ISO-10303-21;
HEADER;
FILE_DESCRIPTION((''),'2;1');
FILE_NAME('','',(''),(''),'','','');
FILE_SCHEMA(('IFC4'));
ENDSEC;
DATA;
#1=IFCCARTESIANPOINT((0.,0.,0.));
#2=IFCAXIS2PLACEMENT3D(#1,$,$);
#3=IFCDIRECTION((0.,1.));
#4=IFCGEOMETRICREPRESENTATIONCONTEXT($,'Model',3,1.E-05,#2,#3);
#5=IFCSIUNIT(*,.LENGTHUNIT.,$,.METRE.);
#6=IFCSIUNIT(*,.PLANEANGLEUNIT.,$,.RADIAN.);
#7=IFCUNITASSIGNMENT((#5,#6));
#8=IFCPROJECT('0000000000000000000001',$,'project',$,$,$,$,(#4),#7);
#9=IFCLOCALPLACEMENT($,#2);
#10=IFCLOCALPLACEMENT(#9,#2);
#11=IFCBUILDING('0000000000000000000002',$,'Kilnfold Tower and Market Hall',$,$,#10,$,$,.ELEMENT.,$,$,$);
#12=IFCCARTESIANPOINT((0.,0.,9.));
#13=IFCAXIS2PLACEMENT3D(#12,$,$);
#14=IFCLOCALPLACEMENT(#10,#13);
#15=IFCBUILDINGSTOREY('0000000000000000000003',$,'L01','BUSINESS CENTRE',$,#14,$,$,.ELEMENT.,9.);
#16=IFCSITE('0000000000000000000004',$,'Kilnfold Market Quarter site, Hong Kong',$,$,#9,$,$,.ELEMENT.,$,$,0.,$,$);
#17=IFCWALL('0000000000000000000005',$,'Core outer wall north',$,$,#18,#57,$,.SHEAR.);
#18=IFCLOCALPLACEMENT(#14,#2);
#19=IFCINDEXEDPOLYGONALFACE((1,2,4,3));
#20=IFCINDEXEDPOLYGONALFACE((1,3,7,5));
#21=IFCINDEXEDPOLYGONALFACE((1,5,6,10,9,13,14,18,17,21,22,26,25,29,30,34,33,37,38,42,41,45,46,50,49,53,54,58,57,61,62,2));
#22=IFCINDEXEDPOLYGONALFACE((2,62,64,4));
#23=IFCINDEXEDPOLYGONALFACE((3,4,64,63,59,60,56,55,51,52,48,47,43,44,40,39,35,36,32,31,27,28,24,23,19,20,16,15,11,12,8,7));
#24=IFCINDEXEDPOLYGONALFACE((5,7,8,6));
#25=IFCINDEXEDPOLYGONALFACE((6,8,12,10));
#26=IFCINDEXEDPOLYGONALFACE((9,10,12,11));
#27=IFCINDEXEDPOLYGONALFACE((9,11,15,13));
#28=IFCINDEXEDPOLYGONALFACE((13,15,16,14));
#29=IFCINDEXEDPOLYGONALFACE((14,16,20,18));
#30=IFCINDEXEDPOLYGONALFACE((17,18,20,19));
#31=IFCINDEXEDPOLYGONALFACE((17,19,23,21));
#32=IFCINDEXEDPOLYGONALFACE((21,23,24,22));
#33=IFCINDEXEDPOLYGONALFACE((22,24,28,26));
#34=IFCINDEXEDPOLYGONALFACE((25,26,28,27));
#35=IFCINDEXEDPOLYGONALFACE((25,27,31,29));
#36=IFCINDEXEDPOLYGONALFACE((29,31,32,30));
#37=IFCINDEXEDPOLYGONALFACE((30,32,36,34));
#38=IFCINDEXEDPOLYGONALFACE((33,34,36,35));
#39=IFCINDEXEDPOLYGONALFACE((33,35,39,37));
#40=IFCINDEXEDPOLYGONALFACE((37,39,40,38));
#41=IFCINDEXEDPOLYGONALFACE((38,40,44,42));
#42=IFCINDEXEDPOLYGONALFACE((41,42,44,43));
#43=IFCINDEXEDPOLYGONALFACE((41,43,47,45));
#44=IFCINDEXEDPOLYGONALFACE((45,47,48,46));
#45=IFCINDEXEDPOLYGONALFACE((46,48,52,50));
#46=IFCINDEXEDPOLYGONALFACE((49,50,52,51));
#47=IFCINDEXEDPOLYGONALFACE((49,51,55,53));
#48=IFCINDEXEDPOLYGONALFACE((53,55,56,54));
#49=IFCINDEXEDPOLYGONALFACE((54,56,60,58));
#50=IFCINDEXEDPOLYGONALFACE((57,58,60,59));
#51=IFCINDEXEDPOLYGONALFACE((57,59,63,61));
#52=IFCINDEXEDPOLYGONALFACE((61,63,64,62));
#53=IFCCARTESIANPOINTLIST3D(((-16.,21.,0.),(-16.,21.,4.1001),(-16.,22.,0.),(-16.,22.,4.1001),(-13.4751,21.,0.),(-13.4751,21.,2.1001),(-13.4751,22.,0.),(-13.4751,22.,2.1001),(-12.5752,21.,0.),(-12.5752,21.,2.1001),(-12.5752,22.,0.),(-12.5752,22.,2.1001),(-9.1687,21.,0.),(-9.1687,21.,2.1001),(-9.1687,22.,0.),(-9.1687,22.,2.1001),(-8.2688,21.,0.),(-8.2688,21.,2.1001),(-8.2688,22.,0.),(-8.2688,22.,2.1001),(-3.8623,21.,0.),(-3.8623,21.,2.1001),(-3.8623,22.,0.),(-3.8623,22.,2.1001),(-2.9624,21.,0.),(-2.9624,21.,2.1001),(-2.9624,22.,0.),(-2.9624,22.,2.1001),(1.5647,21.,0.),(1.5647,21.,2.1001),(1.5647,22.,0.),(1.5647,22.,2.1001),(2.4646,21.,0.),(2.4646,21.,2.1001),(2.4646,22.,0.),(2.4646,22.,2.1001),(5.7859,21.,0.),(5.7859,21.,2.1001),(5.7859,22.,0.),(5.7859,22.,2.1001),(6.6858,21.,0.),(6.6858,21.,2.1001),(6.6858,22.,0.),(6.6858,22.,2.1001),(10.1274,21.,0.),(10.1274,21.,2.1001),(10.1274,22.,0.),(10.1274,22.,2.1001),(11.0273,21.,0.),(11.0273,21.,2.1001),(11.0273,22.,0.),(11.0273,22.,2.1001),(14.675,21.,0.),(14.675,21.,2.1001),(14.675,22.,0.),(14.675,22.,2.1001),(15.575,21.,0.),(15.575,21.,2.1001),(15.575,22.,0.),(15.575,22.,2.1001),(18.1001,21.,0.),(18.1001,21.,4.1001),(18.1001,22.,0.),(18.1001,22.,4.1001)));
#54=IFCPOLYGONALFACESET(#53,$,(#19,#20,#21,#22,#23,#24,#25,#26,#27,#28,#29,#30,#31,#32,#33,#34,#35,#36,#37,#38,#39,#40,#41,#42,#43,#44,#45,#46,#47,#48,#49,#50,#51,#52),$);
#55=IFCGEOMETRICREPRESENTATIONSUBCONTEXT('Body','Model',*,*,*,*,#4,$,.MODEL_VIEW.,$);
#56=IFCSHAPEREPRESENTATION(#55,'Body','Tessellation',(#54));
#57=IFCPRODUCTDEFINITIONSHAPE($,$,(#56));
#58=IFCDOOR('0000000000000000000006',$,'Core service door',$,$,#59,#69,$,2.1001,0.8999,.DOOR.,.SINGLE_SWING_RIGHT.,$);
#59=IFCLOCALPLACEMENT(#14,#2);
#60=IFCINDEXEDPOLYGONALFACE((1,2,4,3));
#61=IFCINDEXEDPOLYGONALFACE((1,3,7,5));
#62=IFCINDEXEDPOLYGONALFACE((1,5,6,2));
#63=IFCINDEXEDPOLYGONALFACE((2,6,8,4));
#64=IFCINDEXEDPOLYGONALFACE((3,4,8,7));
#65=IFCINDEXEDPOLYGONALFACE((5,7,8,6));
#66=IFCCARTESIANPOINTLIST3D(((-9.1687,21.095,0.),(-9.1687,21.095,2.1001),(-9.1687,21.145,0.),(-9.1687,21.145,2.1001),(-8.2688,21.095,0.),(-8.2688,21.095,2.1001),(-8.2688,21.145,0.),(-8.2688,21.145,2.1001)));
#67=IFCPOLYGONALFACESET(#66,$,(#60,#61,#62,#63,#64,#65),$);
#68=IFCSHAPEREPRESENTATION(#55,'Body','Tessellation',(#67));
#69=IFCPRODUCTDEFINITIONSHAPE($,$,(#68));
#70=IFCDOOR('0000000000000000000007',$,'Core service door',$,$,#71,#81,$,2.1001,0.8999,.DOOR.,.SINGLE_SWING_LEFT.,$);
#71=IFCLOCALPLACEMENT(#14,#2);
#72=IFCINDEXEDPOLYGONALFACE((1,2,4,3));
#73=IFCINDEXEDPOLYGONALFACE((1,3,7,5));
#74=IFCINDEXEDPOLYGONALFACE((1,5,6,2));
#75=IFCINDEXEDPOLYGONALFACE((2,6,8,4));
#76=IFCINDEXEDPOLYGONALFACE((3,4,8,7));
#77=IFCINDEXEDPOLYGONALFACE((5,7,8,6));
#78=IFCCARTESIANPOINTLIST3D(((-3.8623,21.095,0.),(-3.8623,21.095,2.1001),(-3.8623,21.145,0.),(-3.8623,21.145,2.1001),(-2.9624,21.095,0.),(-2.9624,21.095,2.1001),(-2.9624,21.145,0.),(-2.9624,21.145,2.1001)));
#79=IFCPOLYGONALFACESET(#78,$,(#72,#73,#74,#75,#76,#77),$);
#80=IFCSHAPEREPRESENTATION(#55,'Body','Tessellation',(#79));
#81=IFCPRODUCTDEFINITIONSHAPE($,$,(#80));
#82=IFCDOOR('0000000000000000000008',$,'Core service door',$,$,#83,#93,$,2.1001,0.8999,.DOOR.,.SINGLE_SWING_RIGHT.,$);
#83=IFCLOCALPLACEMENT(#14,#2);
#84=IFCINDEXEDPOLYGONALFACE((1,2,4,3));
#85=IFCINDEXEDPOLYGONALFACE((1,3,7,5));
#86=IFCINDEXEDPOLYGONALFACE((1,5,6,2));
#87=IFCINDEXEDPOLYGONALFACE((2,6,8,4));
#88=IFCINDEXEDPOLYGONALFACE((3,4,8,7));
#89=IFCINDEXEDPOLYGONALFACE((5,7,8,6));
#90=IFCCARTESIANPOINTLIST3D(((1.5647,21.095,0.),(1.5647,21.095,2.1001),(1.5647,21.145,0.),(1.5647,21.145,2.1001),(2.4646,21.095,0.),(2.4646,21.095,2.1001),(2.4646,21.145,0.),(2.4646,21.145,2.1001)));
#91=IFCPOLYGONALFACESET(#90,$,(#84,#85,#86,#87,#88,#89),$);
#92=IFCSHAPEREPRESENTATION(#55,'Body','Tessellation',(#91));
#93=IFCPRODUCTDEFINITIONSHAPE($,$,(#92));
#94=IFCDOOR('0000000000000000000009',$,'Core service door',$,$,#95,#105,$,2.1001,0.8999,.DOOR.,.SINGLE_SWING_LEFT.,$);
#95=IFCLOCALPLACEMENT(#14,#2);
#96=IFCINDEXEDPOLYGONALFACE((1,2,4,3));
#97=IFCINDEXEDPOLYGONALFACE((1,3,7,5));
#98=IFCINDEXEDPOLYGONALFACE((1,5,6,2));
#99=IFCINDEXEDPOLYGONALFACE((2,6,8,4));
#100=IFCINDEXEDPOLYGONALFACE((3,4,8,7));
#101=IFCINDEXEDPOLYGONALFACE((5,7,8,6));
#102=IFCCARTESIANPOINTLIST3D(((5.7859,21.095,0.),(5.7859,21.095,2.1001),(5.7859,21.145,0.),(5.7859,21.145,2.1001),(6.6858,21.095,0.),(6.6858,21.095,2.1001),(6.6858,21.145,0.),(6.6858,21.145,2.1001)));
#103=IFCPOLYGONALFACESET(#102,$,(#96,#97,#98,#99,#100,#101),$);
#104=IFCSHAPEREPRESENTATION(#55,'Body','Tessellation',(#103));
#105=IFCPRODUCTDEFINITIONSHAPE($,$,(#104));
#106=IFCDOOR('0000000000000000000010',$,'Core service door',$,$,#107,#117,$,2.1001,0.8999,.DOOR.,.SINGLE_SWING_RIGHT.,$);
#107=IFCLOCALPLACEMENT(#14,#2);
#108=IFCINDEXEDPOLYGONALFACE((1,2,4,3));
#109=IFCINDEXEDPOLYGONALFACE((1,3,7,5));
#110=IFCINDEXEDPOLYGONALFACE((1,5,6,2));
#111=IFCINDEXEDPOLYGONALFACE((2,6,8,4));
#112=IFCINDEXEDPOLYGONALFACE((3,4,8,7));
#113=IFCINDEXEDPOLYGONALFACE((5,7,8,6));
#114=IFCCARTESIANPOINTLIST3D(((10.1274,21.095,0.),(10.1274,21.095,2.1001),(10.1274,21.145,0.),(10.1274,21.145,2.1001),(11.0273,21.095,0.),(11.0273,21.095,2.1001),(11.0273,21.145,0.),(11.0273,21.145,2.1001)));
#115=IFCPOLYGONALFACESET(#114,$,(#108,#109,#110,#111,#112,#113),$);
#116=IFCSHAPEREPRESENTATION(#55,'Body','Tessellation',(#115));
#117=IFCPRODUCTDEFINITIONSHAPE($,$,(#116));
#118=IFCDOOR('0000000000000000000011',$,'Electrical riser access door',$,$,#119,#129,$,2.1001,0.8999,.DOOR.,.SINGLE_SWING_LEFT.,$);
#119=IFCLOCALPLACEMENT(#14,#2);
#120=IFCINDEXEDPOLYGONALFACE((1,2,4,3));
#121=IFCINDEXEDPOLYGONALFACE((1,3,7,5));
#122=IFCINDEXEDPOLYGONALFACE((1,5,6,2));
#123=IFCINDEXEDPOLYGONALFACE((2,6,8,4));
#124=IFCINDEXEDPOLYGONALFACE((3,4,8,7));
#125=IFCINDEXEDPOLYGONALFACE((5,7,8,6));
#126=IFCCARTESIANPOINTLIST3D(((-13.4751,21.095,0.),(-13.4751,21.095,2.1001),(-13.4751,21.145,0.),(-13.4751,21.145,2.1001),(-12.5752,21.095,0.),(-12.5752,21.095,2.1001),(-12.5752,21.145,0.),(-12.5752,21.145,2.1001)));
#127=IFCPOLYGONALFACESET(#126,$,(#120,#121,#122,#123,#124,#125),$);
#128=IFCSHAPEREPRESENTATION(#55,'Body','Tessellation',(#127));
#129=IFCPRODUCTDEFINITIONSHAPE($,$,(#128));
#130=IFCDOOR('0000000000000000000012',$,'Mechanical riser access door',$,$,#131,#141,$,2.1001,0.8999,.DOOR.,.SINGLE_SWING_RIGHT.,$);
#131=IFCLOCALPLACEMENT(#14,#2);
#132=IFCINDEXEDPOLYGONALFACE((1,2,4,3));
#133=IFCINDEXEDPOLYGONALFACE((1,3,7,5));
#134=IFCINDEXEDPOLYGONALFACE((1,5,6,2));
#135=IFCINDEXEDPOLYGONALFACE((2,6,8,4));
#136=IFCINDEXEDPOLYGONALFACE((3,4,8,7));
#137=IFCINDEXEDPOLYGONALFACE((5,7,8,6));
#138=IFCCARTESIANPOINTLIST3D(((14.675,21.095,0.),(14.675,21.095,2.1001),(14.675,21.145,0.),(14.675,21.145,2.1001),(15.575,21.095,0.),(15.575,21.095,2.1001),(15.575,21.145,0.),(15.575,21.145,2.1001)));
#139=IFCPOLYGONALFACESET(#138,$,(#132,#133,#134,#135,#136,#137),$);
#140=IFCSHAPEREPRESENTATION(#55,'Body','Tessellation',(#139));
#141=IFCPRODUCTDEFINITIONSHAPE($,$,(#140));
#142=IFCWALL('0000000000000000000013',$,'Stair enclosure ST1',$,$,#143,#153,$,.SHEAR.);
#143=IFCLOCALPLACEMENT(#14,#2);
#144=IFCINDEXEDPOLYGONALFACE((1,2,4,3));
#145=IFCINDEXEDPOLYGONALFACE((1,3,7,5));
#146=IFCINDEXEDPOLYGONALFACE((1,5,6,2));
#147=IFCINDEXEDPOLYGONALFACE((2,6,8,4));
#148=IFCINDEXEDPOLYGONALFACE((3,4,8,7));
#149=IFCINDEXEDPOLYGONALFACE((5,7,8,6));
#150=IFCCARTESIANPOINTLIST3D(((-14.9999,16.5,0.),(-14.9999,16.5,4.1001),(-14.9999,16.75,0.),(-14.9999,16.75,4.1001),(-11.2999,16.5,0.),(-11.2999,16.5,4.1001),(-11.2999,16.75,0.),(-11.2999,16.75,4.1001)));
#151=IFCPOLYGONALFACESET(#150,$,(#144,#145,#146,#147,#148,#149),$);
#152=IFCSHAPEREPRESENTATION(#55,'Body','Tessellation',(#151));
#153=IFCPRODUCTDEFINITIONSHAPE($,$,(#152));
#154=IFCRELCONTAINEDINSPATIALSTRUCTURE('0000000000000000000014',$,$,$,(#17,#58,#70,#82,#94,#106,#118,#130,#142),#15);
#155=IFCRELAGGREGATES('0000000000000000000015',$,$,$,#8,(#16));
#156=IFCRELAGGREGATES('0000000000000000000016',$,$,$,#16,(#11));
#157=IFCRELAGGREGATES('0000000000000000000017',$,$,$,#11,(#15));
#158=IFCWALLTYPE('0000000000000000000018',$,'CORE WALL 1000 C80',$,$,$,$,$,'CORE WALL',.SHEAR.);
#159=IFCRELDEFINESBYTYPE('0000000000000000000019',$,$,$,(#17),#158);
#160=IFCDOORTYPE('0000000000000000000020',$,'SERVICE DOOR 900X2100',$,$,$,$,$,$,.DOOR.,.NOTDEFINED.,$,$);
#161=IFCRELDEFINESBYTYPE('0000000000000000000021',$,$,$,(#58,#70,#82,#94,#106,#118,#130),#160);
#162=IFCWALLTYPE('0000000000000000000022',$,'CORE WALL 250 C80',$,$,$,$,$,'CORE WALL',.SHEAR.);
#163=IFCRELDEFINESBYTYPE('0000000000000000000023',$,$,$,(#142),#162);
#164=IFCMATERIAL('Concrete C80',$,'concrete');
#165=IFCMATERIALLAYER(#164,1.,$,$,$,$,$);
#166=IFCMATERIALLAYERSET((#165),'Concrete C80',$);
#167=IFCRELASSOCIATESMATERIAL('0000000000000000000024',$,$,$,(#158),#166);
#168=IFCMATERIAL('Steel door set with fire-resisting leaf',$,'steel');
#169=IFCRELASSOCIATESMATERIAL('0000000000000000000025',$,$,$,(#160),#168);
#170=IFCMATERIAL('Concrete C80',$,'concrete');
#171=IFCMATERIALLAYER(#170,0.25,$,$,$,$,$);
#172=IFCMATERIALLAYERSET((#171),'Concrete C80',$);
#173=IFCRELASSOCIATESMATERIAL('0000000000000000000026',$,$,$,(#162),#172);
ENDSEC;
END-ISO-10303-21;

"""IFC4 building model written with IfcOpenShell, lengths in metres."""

from ifc_helpers import new_model, si_unit, direction, frame, frame_2d, origin, place, context, subcontext, project, spatial, rectangle, extrude, source, transform, mapped, material, layer, layer_set, type_object, element, fill, save


model = new_model("IFC4")

# Units and contexts
model_context = context("Model", 3, precision=1e-05, world=origin(), true_north=direction((0.0, 1.0)))
body_context = subcontext(model_context, "Body", "Model", "MODEL_VIEW")
ifc_project = project(units=[si_unit("LENGTHUNIT", "METRE"), si_unit("PLANEANGLEUNIT", "RADIAN")], contexts=[model_context])

# Site, building, storey
site_placement = place(None, origin())
site = spatial("IfcSite", under=ifc_project, at=site_placement, Name="Kilnfold Market Quarter site, Hong Kong", CompositionType="ELEMENT", RefElevation=0.0)
building_placement = place(site_placement, origin())
building = spatial("IfcBuilding", under=site, at=building_placement, Name="Kilnfold Tower and Market Hall", CompositionType="ELEMENT")
storey_placement = place(building_placement, frame((0.0, 0.0, 9.0)))
storey = spatial("IfcBuildingStorey", under=building, at=storey_placement, Name="L01", Description="BUSINESS CENTRE", CompositionType="ELEMENT", Elevation=9.0)

# Wall, openings, doors
ifc_material_1 = material(Name="Concrete C80", Category="concrete")
ifc_layer_1 = layer(ifc_material_1, 1.0)
ifc_layer_set_1 = layer_set([ifc_layer_1], Name="Concrete C80")
wall_type_1 = type_object("IfcWallType", Name="CORE WALL 1000 C80", ElementType="CORE WALL", PredefinedType="SHEAR", material=ifc_layer_set_1)
shared_shape_1 = source(origin(), body_context, "Body", "SweptSolid", [
    extrude(rectangle(XDim=34.1001, YDim=1.0, at=frame_2d((17.05, 0.0))), origin(), (0.0, 0.0, 1.0), 4.1001),
])
wall_1_placement = place(storey_placement, frame((-16.0, 21.5, 0.0), z_axis=(0.0, 0.0, 1.0), x_axis=(1.0, 0.0, 0.0)))
wall_1 = element("IfcWall", 1, at=wall_1_placement, inside=storey, type_object=wall_type_1, Name="Core outer wall north", PredefinedType="SHEAR", context=body_context, shape_type="MappedRepresentation", body=[
    mapped(shared_shape_1, transform((0.0, 0.0, 0.0))),
])
opening_1_placement = place(wall_1_placement, frame((6.8313, 0.0, 0.0)))
opening_1 = element("IfcOpeningElement", 2, at=opening_1_placement, cuts=wall_1, PredefinedType="OPENING", context=body_context, shape_type="SweptSolid", body=[
    extrude(rectangle(XDim=0.8999, YDim=2.1001, at=frame_2d((0.45, 1.05))), frame((0.0, 0.51, 0.0), z_axis=(0.0, -1.0, 0.0), x_axis=(1.0, 0.0, 0.0)), (0.0, 0.0, 1.0), 1.02),
])
opening_2_placement = place(wall_1_placement, frame((12.1377, 0.0, 0.0)))
opening_2 = element("IfcOpeningElement", 3, at=opening_2_placement, cuts=wall_1, PredefinedType="OPENING", context=body_context, shape_type="SweptSolid", body=[
    extrude(rectangle(XDim=0.8999, YDim=2.1001, at=frame_2d((0.45, 1.05))), frame((0.0, 0.51, 0.0), z_axis=(0.0, -1.0, 0.0), x_axis=(1.0, 0.0, 0.0)), (0.0, 0.0, 1.0), 1.02),
])
opening_3_placement = place(wall_1_placement, frame((17.5647, 0.0, 0.0)))
opening_3 = element("IfcOpeningElement", 4, at=opening_3_placement, cuts=wall_1, PredefinedType="OPENING", context=body_context, shape_type="SweptSolid", body=[
    extrude(rectangle(XDim=0.8999, YDim=2.1001, at=frame_2d((0.45, 1.05))), frame((0.0, 0.51, 0.0), z_axis=(0.0, -1.0, 0.0), x_axis=(1.0, 0.0, 0.0)), (0.0, 0.0, 1.0), 1.02),
])
opening_4_placement = place(wall_1_placement, frame((21.7859, 0.0, 0.0)))
opening_4 = element("IfcOpeningElement", 5, at=opening_4_placement, cuts=wall_1, PredefinedType="OPENING", context=body_context, shape_type="SweptSolid", body=[
    extrude(rectangle(XDim=0.8999, YDim=2.1001, at=frame_2d((0.45, 1.05))), frame((0.0, 0.51, 0.0), z_axis=(0.0, -1.0, 0.0), x_axis=(1.0, 0.0, 0.0)), (0.0, 0.0, 1.0), 1.02),
])
opening_5_placement = place(wall_1_placement, frame((26.1274, 0.0, 0.0)))
opening_5 = element("IfcOpeningElement", 6, at=opening_5_placement, cuts=wall_1, PredefinedType="OPENING", context=body_context, shape_type="SweptSolid", body=[
    extrude(rectangle(XDim=0.8999, YDim=2.1001, at=frame_2d((0.45, 1.05))), frame((0.0, 0.51, 0.0), z_axis=(0.0, -1.0, 0.0), x_axis=(1.0, 0.0, 0.0)), (0.0, 0.0, 1.0), 1.02),
])
opening_6_placement = place(wall_1_placement, frame((2.5249, 0.0, 0.0)))
opening_6 = element("IfcOpeningElement", 7, at=opening_6_placement, cuts=wall_1, PredefinedType="OPENING", context=body_context, shape_type="SweptSolid", body=[
    extrude(rectangle(XDim=0.8999, YDim=2.1001, at=frame_2d((0.45, 1.05))), frame((0.0, 0.51, 0.0), z_axis=(0.0, -1.0, 0.0), x_axis=(1.0, 0.0, 0.0)), (0.0, 0.0, 1.0), 1.02),
])
opening_7_placement = place(wall_1_placement, frame((30.675, 0.0, 0.0)))
opening_7 = element("IfcOpeningElement", 8, at=opening_7_placement, cuts=wall_1, PredefinedType="OPENING", context=body_context, shape_type="SweptSolid", body=[
    extrude(rectangle(XDim=0.8999, YDim=2.1001, at=frame_2d((0.45, 1.05))), frame((0.0, 0.51, 0.0), z_axis=(0.0, -1.0, 0.0), x_axis=(1.0, 0.0, 0.0)), (0.0, 0.0, 1.0), 1.02),
])
ifc_material_2 = material(Name="Steel door set with fire-resisting leaf", Category="steel")
door_type_1 = type_object("IfcDoorType", Name="SERVICE DOOR 900X2100", OperationType="NOTDEFINED", PredefinedType="DOOR", material=ifc_material_2)
door_1_placement = place(opening_1_placement, origin())
door_1 = element("IfcDoor", 9, at=door_1_placement, inside=storey, type_object=door_type_1, Name="Core service door", OperationType="SINGLE_SWING_RIGHT", OverallHeight=2.1001, OverallWidth=0.8999, PredefinedType="DOOR", context=body_context, shape_type="SweptSolid", body=[
    extrude(rectangle(XDim=0.8999, YDim=2.1001, at=frame_2d((0.45, 1.05))), frame((0.0, -0.355, 0.0), z_axis=(0.0, -1.0, 0.0), x_axis=(1.0, 0.0, 0.0)), (0.0, 0.0, 1.0), 0.05),
])
fill(opening_1, door_1)
door_2_placement = place(opening_2_placement, origin())
door_2 = element("IfcDoor", 10, at=door_2_placement, inside=storey, type_object=door_type_1, Name="Core service door", OperationType="SINGLE_SWING_LEFT", OverallHeight=2.1001, OverallWidth=0.8999, PredefinedType="DOOR", context=body_context, shape_type="SweptSolid", body=[
    extrude(rectangle(XDim=0.8999, YDim=2.1001, at=frame_2d((0.45, 1.05))), frame((0.0, -0.355, 0.0), z_axis=(0.0, -1.0, 0.0), x_axis=(1.0, 0.0, 0.0)), (0.0, 0.0, 1.0), 0.05),
])
fill(opening_2, door_2)
door_3_placement = place(opening_3_placement, origin())
door_3 = element("IfcDoor", 11, at=door_3_placement, inside=storey, type_object=door_type_1, Name="Core service door", OperationType="SINGLE_SWING_RIGHT", OverallHeight=2.1001, OverallWidth=0.8999, PredefinedType="DOOR", context=body_context, shape_type="SweptSolid", body=[
    extrude(rectangle(XDim=0.8999, YDim=2.1001, at=frame_2d((0.45, 1.05))), frame((0.0, -0.355, 0.0), z_axis=(0.0, -1.0, 0.0), x_axis=(1.0, 0.0, 0.0)), (0.0, 0.0, 1.0), 0.05),
])
fill(opening_3, door_3)
door_4_placement = place(opening_4_placement, origin())
door_4 = element("IfcDoor", 12, at=door_4_placement, inside=storey, type_object=door_type_1, Name="Core service door", OperationType="SINGLE_SWING_LEFT", OverallHeight=2.1001, OverallWidth=0.8999, PredefinedType="DOOR", context=body_context, shape_type="SweptSolid", body=[
    extrude(rectangle(XDim=0.8999, YDim=2.1001, at=frame_2d((0.45, 1.05))), frame((0.0, -0.355, 0.0), z_axis=(0.0, -1.0, 0.0), x_axis=(1.0, 0.0, 0.0)), (0.0, 0.0, 1.0), 0.05),
])
fill(opening_4, door_4)
door_5_placement = place(opening_5_placement, origin())
door_5 = element("IfcDoor", 13, at=door_5_placement, inside=storey, type_object=door_type_1, Name="Core service door", OperationType="SINGLE_SWING_RIGHT", OverallHeight=2.1001, OverallWidth=0.8999, PredefinedType="DOOR", context=body_context, shape_type="SweptSolid", body=[
    extrude(rectangle(XDim=0.8999, YDim=2.1001, at=frame_2d((0.45, 1.05))), frame((0.0, -0.355, 0.0), z_axis=(0.0, -1.0, 0.0), x_axis=(1.0, 0.0, 0.0)), (0.0, 0.0, 1.0), 0.05),
])
fill(opening_5, door_5)
door_6_placement = place(opening_6_placement, origin())
door_6 = element("IfcDoor", 14, at=door_6_placement, inside=storey, type_object=door_type_1, Name="Electrical riser access door", OperationType="SINGLE_SWING_LEFT", OverallHeight=2.1001, OverallWidth=0.8999, PredefinedType="DOOR", context=body_context, shape_type="SweptSolid", body=[
    extrude(rectangle(XDim=0.8999, YDim=2.1001, at=frame_2d((0.45, 1.05))), frame((0.0, -0.355, 0.0), z_axis=(0.0, -1.0, 0.0), x_axis=(1.0, 0.0, 0.0)), (0.0, 0.0, 1.0), 0.05),
])
fill(opening_6, door_6)
door_7_placement = place(opening_7_placement, origin())
door_7 = element("IfcDoor", 15, at=door_7_placement, inside=storey, type_object=door_type_1, Name="Mechanical riser access door", OperationType="SINGLE_SWING_RIGHT", OverallHeight=2.1001, OverallWidth=0.8999, PredefinedType="DOOR", context=body_context, shape_type="SweptSolid", body=[
    extrude(rectangle(XDim=0.8999, YDim=2.1001, at=frame_2d((0.45, 1.05))), frame((0.0, -0.355, 0.0), z_axis=(0.0, -1.0, 0.0), x_axis=(1.0, 0.0, 0.0)), (0.0, 0.0, 1.0), 0.05),
])
fill(opening_7, door_7)

# Wall
ifc_material_3 = material(Name="Concrete C80", Category="concrete")
ifc_layer_2 = layer(ifc_material_3, 0.25)
ifc_layer_set_2 = layer_set([ifc_layer_2], Name="Concrete C80")
wall_type_2 = type_object("IfcWallType", Name="CORE WALL 250 C80", ElementType="CORE WALL", PredefinedType="SHEAR", material=ifc_layer_set_2)
shared_shape_2 = source(origin(), body_context, "Body", "SweptSolid", [
    extrude(rectangle(XDim=3.7, YDim=0.25, at=frame_2d((1.8501, 0.0))), origin(), (0.0, 0.0, 1.0), 4.1001),
])
wall_2_placement = place(storey_placement, frame((-15.0, 16.625, 0.0), z_axis=(0.0, 0.0, 1.0), x_axis=(1.0, 0.0, 0.0)))
element("IfcWall", 16, at=wall_2_placement, inside=storey, type_object=wall_type_2, Name="Stair enclosure ST1", PredefinedType="SHEAR", context=body_context, shape_type="MappedRepresentation", body=[
    mapped(shared_shape_2, transform((0.0, 0.0, 0.0))),
])

save(model, "model.ifc")
